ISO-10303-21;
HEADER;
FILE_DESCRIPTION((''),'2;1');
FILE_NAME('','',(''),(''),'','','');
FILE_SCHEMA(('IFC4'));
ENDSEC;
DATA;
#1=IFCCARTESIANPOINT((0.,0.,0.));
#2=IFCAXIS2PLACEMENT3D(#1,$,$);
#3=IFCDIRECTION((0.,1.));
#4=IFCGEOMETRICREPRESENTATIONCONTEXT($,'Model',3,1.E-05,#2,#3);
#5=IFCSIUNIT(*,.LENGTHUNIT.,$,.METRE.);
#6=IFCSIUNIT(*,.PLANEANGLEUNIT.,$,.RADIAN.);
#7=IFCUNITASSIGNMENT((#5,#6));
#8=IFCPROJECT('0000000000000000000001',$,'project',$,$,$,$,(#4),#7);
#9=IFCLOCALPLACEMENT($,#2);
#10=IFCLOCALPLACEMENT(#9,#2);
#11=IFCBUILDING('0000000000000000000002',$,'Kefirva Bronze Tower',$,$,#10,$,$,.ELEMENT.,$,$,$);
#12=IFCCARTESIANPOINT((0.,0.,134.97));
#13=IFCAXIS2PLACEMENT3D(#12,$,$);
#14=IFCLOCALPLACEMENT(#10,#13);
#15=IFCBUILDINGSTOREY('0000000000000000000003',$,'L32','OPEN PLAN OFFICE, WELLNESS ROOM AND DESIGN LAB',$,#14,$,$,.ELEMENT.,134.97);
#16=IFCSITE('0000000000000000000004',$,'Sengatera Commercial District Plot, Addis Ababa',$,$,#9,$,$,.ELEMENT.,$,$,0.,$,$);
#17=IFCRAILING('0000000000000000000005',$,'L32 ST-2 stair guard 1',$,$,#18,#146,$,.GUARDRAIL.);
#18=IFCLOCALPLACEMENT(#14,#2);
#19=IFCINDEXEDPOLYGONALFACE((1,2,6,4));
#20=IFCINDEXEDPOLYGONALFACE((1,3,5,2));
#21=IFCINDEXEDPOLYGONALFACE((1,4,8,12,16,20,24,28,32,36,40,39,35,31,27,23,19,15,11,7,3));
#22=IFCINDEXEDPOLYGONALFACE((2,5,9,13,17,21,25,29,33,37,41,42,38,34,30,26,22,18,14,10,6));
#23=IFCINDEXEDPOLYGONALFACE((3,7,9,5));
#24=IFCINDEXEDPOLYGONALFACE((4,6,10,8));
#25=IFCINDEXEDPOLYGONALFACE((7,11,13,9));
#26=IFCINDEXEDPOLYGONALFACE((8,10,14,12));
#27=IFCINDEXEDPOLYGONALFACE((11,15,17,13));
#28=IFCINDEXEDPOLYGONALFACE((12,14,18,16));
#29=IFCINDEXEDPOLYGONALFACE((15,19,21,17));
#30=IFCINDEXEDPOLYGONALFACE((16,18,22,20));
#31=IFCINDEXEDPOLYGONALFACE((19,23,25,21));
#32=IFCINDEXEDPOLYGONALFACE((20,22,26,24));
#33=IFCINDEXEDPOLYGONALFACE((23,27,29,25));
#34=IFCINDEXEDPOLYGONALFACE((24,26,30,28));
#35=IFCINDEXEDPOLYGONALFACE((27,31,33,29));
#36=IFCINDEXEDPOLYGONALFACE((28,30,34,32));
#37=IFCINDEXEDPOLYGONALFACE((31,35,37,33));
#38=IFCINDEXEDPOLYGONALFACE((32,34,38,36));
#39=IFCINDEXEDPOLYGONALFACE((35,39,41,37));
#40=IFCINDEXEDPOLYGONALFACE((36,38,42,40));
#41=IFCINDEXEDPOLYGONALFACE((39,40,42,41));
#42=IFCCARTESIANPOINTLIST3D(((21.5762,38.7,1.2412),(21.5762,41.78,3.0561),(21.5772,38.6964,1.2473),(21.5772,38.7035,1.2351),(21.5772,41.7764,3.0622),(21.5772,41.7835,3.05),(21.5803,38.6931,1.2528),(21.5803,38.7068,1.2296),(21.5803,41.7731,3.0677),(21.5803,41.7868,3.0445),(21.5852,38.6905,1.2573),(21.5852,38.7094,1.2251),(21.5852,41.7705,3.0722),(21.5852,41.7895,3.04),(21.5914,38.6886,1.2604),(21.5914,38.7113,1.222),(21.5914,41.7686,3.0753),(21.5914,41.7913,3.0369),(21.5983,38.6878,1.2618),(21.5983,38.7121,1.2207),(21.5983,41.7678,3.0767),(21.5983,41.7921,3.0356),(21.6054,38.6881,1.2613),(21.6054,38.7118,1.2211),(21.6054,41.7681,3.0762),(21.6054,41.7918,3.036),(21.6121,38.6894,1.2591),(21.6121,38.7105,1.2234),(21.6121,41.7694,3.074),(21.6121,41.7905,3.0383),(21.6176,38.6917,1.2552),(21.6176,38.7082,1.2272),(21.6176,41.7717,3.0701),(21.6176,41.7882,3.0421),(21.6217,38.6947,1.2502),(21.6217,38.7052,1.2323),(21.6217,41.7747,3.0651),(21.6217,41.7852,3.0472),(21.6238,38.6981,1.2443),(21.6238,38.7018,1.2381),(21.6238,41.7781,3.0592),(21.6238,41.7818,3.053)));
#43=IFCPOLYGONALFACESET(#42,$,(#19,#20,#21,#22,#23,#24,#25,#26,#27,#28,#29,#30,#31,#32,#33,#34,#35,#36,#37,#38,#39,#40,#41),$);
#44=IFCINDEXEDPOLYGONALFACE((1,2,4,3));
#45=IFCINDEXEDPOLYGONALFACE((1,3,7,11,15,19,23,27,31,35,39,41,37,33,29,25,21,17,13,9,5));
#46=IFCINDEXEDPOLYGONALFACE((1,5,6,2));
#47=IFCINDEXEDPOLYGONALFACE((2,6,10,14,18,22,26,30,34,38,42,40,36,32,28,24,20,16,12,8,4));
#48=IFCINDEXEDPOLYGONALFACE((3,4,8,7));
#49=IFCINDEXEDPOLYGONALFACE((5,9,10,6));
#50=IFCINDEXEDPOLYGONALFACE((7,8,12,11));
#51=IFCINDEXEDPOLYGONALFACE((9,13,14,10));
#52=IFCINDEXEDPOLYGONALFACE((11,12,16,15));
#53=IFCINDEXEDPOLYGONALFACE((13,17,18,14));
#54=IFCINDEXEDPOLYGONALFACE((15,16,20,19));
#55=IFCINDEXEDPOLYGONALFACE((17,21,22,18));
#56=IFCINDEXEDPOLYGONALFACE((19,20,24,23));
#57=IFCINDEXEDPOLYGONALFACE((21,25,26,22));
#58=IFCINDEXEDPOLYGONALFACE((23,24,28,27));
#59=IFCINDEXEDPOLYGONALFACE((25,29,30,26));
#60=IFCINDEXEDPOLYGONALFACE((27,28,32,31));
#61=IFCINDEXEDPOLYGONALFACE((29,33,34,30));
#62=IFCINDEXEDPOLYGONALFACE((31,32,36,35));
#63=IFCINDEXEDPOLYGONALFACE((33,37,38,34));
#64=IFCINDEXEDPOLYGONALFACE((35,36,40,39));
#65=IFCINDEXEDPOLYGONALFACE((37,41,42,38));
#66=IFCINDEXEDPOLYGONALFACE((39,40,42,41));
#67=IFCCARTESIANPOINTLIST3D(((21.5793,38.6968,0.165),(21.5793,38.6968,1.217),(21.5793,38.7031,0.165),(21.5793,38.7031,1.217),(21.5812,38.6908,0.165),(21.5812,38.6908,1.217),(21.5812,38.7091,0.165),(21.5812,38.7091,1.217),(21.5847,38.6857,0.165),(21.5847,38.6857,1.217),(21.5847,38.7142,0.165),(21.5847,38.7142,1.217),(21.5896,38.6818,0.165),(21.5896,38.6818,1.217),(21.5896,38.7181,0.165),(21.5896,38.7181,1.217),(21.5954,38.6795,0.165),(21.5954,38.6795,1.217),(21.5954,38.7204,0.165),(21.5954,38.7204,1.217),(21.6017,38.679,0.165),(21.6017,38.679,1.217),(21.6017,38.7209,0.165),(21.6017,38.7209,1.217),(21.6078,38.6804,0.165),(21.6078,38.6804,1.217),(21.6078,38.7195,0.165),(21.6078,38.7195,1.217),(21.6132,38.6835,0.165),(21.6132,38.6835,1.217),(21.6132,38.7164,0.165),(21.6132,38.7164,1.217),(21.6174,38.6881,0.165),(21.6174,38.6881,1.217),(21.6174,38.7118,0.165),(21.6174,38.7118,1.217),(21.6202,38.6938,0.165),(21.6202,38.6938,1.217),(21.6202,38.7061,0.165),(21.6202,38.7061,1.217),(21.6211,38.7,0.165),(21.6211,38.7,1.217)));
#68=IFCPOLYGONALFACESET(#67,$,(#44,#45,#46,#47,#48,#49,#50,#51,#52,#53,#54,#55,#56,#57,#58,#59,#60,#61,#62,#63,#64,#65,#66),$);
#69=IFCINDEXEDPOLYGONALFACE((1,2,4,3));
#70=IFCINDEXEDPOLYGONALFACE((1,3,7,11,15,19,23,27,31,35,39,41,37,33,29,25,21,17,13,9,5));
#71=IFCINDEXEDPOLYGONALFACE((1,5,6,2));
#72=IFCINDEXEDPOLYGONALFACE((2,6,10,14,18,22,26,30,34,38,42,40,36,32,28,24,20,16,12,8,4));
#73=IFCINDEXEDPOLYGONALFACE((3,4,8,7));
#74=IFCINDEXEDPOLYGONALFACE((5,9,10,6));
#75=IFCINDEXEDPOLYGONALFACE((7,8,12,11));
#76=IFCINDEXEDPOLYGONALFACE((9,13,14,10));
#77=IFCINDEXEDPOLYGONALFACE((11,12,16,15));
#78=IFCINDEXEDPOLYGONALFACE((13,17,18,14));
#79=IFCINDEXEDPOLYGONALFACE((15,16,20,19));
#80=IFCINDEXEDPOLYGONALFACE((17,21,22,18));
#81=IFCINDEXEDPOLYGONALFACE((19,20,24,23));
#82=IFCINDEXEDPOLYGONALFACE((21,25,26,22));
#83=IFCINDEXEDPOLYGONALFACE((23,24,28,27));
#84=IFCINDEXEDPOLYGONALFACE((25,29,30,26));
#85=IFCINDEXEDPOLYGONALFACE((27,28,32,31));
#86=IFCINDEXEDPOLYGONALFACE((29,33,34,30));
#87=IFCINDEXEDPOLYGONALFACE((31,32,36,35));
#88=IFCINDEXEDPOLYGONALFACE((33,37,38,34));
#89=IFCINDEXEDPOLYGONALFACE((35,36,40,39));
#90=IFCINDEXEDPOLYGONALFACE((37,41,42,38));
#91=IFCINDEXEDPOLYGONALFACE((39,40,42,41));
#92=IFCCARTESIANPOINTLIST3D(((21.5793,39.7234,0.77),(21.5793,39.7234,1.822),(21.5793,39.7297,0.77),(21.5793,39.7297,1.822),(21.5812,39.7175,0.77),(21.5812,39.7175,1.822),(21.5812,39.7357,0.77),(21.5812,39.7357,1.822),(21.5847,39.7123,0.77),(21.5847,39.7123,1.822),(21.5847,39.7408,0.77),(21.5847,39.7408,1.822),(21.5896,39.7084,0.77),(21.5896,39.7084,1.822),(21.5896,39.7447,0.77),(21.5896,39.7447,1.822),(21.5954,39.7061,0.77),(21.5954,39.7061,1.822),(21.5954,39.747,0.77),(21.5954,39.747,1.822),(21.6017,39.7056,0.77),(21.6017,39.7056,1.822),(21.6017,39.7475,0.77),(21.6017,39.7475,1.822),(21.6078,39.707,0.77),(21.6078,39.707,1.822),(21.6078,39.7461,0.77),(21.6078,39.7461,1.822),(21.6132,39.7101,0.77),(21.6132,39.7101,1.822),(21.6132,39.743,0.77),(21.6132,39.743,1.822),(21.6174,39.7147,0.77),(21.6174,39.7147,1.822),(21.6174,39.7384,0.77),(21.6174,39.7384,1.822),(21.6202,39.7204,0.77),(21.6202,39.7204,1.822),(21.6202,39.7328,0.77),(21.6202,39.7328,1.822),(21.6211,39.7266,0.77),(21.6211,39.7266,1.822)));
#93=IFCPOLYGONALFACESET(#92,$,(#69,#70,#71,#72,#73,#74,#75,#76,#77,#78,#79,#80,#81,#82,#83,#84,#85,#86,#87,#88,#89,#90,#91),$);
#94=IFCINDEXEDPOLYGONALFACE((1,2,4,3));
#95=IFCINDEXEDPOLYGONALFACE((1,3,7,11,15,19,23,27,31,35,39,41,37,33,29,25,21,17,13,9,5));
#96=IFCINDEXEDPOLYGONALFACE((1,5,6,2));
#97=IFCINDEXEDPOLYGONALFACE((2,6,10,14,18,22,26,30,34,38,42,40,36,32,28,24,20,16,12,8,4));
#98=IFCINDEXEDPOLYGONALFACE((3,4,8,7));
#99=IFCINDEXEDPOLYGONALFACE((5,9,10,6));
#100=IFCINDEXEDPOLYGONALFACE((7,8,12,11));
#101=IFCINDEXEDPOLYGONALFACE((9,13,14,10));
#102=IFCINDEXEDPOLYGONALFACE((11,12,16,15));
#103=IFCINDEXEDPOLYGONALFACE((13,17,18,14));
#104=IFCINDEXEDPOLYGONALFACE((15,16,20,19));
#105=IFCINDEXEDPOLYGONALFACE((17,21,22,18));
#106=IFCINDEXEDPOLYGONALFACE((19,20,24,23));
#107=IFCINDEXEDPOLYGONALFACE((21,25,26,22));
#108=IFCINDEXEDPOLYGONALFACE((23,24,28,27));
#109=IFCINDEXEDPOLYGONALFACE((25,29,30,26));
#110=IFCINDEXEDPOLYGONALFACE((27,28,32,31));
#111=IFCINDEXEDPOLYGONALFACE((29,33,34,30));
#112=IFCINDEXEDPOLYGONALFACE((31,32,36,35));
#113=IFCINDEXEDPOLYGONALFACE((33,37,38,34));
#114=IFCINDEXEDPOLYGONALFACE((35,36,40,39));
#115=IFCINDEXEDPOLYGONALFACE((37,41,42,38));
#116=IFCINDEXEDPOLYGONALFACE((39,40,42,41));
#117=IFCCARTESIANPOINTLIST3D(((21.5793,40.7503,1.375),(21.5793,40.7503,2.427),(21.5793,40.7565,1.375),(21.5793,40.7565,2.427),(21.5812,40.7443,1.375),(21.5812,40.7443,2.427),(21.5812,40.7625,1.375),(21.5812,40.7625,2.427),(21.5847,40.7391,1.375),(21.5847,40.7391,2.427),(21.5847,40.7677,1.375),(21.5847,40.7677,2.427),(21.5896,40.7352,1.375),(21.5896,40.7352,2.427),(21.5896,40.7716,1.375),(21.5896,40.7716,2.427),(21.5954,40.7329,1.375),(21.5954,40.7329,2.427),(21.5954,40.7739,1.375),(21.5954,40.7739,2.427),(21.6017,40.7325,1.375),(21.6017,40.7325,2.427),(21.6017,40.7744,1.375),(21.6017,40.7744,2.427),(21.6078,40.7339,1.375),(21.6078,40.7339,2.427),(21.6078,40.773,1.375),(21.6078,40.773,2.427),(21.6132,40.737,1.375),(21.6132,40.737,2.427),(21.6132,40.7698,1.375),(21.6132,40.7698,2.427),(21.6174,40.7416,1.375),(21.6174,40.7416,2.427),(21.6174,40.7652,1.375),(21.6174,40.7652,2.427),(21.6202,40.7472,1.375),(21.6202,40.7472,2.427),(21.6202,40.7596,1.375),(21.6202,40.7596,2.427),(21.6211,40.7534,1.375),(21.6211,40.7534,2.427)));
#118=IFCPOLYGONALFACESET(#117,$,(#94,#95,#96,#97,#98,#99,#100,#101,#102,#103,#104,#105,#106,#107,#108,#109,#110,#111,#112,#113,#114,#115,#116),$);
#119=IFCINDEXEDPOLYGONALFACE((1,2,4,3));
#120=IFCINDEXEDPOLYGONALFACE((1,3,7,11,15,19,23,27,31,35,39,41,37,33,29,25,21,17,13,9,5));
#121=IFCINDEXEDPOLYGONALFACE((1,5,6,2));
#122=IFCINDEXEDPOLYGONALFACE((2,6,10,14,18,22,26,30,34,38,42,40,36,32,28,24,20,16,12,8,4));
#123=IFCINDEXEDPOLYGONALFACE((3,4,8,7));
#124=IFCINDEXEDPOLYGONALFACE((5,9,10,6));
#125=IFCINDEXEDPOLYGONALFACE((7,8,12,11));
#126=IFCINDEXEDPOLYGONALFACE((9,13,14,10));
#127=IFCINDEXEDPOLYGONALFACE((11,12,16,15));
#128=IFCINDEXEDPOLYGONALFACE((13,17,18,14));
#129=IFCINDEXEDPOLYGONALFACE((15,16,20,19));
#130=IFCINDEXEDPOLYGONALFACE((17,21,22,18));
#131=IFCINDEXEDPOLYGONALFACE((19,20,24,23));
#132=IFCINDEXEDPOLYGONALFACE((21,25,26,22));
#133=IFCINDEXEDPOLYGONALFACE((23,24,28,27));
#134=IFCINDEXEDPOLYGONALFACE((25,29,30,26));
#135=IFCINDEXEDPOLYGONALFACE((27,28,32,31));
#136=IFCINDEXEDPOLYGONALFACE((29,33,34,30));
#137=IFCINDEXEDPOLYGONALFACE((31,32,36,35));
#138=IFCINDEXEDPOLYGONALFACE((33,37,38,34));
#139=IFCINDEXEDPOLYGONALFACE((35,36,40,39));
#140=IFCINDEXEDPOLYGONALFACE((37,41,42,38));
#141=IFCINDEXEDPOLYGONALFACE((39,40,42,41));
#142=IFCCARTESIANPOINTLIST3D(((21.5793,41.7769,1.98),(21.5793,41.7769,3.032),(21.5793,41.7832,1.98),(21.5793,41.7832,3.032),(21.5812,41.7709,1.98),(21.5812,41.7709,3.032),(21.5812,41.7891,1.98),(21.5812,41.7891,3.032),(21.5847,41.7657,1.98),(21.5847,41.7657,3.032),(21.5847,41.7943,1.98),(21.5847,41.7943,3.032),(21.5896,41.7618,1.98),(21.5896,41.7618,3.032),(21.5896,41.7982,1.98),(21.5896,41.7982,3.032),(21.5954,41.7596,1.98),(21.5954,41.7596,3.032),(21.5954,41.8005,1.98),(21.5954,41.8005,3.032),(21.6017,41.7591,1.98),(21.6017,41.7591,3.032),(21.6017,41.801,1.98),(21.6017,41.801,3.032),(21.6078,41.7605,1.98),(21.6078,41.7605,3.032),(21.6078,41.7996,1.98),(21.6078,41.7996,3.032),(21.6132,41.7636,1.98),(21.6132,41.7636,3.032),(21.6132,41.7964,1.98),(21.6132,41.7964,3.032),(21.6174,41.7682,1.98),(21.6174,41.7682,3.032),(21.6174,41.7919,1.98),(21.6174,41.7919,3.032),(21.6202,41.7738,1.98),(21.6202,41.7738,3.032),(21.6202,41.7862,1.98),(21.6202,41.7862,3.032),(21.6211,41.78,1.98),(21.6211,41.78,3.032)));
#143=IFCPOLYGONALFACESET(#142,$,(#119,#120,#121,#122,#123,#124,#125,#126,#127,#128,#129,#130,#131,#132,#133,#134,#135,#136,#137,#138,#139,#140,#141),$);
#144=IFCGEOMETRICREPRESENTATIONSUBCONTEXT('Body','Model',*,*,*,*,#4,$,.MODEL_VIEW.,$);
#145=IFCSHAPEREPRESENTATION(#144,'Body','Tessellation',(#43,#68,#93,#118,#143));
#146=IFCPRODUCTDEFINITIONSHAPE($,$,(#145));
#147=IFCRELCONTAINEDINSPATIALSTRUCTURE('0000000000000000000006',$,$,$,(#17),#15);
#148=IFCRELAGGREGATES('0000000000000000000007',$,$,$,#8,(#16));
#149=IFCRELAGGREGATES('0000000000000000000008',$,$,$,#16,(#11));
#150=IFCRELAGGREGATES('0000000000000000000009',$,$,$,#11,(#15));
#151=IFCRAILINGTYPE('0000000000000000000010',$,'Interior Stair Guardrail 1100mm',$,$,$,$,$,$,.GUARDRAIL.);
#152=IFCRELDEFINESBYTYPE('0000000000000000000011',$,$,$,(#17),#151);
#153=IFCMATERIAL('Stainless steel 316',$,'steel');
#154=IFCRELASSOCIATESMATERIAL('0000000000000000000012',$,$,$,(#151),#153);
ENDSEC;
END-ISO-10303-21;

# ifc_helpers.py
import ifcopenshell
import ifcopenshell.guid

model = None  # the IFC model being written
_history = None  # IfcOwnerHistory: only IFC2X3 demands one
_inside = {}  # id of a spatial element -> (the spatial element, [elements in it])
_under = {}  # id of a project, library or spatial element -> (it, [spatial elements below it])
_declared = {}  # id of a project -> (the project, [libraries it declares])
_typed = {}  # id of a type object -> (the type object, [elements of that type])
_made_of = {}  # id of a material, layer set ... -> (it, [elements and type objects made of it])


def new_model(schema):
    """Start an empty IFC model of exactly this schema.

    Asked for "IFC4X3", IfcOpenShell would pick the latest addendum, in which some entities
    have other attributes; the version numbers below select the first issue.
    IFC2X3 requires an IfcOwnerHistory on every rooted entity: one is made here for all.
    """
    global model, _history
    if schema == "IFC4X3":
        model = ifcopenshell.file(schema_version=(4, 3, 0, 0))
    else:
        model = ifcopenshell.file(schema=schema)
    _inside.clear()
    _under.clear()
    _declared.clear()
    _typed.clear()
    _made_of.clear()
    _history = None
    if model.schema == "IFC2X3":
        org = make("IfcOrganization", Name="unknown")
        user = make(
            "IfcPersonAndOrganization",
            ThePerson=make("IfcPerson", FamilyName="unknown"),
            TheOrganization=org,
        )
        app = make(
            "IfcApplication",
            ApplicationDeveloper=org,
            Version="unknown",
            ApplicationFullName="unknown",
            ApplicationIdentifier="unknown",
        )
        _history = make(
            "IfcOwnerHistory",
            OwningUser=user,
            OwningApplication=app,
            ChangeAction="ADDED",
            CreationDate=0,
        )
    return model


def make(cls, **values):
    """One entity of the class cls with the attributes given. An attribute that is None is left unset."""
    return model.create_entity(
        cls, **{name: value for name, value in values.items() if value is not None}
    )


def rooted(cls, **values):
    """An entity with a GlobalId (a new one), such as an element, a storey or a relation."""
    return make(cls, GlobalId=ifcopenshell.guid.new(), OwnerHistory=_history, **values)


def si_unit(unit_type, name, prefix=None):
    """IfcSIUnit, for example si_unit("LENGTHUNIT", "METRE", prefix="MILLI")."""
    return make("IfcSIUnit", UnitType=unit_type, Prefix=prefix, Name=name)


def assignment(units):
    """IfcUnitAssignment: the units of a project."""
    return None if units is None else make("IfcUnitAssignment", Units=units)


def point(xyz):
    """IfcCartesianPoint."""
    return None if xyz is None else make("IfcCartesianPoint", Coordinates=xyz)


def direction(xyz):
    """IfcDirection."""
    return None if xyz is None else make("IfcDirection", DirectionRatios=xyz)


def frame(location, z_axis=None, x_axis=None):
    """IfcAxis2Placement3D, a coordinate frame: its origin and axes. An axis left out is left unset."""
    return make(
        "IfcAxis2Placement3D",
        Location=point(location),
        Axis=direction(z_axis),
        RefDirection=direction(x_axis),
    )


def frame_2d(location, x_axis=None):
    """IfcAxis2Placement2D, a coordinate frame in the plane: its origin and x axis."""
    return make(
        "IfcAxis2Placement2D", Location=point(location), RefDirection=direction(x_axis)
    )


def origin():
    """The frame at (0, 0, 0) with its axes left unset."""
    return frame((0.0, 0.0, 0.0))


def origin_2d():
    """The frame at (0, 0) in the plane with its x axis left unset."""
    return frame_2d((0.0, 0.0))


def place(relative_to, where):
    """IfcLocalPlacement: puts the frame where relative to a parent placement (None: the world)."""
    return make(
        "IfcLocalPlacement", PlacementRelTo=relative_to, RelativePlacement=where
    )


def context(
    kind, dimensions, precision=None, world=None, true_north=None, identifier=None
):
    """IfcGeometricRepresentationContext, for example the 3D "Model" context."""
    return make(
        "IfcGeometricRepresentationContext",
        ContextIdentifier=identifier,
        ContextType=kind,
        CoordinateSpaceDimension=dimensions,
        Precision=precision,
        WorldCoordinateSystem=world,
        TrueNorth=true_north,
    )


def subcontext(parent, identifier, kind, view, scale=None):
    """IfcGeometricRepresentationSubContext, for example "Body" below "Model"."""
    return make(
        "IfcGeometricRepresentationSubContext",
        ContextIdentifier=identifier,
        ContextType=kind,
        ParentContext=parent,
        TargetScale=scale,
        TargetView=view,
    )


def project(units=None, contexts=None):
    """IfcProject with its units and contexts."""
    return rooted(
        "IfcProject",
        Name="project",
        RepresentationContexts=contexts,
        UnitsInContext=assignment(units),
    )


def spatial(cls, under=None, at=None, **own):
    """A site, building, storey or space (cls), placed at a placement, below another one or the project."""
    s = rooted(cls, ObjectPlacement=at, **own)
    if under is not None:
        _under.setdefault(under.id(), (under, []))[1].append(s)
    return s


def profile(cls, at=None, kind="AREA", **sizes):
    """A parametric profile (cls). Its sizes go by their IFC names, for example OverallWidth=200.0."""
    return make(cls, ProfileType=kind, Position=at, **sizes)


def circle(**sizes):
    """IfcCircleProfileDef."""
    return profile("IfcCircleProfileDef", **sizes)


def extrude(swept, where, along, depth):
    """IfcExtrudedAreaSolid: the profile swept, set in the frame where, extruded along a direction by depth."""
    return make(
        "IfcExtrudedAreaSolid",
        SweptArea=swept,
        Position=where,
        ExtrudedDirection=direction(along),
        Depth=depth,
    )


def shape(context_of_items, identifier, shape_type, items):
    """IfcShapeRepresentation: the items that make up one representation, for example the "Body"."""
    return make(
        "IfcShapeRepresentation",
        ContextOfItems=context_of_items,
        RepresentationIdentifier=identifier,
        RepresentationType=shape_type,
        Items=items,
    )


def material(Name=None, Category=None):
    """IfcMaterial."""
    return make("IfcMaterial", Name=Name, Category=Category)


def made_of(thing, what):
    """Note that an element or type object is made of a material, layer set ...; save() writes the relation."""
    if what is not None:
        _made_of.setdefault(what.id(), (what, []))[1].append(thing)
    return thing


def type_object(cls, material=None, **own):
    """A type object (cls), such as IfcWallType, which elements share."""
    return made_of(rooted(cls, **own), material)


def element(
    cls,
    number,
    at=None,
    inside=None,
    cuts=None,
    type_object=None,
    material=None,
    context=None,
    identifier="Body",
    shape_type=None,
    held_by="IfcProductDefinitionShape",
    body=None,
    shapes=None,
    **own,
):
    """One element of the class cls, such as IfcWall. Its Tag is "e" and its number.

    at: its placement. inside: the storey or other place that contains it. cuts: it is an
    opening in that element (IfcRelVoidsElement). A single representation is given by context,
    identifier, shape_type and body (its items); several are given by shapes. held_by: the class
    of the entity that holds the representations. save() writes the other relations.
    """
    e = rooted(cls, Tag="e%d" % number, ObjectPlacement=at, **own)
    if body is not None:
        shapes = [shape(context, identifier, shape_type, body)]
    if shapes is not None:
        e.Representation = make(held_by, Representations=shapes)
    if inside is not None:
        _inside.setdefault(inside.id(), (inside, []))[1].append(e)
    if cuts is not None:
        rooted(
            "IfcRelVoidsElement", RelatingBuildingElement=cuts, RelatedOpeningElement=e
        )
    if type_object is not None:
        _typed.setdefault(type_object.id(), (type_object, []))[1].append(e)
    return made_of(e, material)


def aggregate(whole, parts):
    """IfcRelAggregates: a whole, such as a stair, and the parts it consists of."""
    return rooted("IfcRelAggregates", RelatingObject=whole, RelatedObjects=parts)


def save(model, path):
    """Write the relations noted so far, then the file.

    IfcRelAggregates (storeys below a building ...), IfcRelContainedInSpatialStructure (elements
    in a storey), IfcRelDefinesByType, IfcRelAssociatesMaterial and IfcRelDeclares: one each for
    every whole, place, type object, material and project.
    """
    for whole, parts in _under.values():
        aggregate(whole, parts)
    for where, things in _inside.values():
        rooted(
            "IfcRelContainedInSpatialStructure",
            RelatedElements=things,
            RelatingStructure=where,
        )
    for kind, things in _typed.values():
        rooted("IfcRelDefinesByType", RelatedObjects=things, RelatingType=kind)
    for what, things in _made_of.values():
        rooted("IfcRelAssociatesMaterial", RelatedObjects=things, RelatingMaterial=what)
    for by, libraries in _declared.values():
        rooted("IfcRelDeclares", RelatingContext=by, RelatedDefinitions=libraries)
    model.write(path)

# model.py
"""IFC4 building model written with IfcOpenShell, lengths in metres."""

from ifc_helpers import new_model, si_unit, direction, frame, origin, origin_2d, place, context, subcontext, project, spatial, circle, extrude, material, type_object, element, save


model = new_model("IFC4")

# Units and contexts
model_context = context("Model", 3, precision=1e-05, world=origin(), true_north=direction((0.0, 1.0)))
body_context = subcontext(model_context, "Body", "Model", "MODEL_VIEW")
ifc_project = project(units=[si_unit("LENGTHUNIT", "METRE"), si_unit("PLANEANGLEUNIT", "RADIAN")], contexts=[model_context])

# Site, building, storey
site_placement = place(None, origin())
site = spatial("IfcSite", under=ifc_project, at=site_placement, Name="Sengatera Commercial District Plot, Addis Ababa", CompositionType="ELEMENT", RefElevation=0.0)
building_placement = place(site_placement, origin())
building = spatial("IfcBuilding", under=site, at=building_placement, Name="Kefirva Bronze Tower", CompositionType="ELEMENT")
storey_placement = place(building_placement, frame((0.0, 0.0, 134.97)))
storey = spatial("IfcBuildingStorey", under=building, at=storey_placement, Name="L32", Description="OPEN PLAN OFFICE, WELLNESS ROOM AND DESIGN LAB", CompositionType="ELEMENT", Elevation=134.97)

# Railing
ifc_material_1 = material(Name="Stainless steel 316", Category="steel")
railing_type_1 = type_object("IfcRailingType", Name="Interior Stair Guardrail 1100mm", PredefinedType="GUARDRAIL", material=ifc_material_1)
railing_1_placement = place(storey_placement, frame((21.6001, 38.7, 0.165)))
element("IfcRailing", 1, at=railing_1_placement, inside=storey, type_object=railing_type_1, Name="L32 ST-2 stair guard 1", PredefinedType="GUARDRAIL", context=body_context, shape_type="SweptSolid", body=[
    extrude(circle(Radius=0.0239, at=origin_2d()), frame((0.0, 0.0, 1.0762), z_axis=(0.0, 0.861551, 0.507671), x_axis=(-1.0, 0.0, 0.0)), (0.0, 0.0, 1.0), 3.575),
    extrude(circle(Radius=0.021, at=origin_2d()), origin(), (0.0, 0.0, 1.0), 1.052),
    extrude(circle(Radius=0.021, at=origin_2d()), frame((0.0, 1.0266, 0.605)), (0.0, 0.0, 1.0), 1.052),
    extrude(circle(Radius=0.021, at=origin_2d()), frame((0.0, 2.0535, 1.21)), (0.0, 0.0, 1.0), 1.052),
    extrude(circle(Radius=0.021, at=origin_2d()), frame((0.0, 3.0801, 1.8149)), (0.0, 0.0, 1.0), 1.052),
])

save(model, "model.ifc")
